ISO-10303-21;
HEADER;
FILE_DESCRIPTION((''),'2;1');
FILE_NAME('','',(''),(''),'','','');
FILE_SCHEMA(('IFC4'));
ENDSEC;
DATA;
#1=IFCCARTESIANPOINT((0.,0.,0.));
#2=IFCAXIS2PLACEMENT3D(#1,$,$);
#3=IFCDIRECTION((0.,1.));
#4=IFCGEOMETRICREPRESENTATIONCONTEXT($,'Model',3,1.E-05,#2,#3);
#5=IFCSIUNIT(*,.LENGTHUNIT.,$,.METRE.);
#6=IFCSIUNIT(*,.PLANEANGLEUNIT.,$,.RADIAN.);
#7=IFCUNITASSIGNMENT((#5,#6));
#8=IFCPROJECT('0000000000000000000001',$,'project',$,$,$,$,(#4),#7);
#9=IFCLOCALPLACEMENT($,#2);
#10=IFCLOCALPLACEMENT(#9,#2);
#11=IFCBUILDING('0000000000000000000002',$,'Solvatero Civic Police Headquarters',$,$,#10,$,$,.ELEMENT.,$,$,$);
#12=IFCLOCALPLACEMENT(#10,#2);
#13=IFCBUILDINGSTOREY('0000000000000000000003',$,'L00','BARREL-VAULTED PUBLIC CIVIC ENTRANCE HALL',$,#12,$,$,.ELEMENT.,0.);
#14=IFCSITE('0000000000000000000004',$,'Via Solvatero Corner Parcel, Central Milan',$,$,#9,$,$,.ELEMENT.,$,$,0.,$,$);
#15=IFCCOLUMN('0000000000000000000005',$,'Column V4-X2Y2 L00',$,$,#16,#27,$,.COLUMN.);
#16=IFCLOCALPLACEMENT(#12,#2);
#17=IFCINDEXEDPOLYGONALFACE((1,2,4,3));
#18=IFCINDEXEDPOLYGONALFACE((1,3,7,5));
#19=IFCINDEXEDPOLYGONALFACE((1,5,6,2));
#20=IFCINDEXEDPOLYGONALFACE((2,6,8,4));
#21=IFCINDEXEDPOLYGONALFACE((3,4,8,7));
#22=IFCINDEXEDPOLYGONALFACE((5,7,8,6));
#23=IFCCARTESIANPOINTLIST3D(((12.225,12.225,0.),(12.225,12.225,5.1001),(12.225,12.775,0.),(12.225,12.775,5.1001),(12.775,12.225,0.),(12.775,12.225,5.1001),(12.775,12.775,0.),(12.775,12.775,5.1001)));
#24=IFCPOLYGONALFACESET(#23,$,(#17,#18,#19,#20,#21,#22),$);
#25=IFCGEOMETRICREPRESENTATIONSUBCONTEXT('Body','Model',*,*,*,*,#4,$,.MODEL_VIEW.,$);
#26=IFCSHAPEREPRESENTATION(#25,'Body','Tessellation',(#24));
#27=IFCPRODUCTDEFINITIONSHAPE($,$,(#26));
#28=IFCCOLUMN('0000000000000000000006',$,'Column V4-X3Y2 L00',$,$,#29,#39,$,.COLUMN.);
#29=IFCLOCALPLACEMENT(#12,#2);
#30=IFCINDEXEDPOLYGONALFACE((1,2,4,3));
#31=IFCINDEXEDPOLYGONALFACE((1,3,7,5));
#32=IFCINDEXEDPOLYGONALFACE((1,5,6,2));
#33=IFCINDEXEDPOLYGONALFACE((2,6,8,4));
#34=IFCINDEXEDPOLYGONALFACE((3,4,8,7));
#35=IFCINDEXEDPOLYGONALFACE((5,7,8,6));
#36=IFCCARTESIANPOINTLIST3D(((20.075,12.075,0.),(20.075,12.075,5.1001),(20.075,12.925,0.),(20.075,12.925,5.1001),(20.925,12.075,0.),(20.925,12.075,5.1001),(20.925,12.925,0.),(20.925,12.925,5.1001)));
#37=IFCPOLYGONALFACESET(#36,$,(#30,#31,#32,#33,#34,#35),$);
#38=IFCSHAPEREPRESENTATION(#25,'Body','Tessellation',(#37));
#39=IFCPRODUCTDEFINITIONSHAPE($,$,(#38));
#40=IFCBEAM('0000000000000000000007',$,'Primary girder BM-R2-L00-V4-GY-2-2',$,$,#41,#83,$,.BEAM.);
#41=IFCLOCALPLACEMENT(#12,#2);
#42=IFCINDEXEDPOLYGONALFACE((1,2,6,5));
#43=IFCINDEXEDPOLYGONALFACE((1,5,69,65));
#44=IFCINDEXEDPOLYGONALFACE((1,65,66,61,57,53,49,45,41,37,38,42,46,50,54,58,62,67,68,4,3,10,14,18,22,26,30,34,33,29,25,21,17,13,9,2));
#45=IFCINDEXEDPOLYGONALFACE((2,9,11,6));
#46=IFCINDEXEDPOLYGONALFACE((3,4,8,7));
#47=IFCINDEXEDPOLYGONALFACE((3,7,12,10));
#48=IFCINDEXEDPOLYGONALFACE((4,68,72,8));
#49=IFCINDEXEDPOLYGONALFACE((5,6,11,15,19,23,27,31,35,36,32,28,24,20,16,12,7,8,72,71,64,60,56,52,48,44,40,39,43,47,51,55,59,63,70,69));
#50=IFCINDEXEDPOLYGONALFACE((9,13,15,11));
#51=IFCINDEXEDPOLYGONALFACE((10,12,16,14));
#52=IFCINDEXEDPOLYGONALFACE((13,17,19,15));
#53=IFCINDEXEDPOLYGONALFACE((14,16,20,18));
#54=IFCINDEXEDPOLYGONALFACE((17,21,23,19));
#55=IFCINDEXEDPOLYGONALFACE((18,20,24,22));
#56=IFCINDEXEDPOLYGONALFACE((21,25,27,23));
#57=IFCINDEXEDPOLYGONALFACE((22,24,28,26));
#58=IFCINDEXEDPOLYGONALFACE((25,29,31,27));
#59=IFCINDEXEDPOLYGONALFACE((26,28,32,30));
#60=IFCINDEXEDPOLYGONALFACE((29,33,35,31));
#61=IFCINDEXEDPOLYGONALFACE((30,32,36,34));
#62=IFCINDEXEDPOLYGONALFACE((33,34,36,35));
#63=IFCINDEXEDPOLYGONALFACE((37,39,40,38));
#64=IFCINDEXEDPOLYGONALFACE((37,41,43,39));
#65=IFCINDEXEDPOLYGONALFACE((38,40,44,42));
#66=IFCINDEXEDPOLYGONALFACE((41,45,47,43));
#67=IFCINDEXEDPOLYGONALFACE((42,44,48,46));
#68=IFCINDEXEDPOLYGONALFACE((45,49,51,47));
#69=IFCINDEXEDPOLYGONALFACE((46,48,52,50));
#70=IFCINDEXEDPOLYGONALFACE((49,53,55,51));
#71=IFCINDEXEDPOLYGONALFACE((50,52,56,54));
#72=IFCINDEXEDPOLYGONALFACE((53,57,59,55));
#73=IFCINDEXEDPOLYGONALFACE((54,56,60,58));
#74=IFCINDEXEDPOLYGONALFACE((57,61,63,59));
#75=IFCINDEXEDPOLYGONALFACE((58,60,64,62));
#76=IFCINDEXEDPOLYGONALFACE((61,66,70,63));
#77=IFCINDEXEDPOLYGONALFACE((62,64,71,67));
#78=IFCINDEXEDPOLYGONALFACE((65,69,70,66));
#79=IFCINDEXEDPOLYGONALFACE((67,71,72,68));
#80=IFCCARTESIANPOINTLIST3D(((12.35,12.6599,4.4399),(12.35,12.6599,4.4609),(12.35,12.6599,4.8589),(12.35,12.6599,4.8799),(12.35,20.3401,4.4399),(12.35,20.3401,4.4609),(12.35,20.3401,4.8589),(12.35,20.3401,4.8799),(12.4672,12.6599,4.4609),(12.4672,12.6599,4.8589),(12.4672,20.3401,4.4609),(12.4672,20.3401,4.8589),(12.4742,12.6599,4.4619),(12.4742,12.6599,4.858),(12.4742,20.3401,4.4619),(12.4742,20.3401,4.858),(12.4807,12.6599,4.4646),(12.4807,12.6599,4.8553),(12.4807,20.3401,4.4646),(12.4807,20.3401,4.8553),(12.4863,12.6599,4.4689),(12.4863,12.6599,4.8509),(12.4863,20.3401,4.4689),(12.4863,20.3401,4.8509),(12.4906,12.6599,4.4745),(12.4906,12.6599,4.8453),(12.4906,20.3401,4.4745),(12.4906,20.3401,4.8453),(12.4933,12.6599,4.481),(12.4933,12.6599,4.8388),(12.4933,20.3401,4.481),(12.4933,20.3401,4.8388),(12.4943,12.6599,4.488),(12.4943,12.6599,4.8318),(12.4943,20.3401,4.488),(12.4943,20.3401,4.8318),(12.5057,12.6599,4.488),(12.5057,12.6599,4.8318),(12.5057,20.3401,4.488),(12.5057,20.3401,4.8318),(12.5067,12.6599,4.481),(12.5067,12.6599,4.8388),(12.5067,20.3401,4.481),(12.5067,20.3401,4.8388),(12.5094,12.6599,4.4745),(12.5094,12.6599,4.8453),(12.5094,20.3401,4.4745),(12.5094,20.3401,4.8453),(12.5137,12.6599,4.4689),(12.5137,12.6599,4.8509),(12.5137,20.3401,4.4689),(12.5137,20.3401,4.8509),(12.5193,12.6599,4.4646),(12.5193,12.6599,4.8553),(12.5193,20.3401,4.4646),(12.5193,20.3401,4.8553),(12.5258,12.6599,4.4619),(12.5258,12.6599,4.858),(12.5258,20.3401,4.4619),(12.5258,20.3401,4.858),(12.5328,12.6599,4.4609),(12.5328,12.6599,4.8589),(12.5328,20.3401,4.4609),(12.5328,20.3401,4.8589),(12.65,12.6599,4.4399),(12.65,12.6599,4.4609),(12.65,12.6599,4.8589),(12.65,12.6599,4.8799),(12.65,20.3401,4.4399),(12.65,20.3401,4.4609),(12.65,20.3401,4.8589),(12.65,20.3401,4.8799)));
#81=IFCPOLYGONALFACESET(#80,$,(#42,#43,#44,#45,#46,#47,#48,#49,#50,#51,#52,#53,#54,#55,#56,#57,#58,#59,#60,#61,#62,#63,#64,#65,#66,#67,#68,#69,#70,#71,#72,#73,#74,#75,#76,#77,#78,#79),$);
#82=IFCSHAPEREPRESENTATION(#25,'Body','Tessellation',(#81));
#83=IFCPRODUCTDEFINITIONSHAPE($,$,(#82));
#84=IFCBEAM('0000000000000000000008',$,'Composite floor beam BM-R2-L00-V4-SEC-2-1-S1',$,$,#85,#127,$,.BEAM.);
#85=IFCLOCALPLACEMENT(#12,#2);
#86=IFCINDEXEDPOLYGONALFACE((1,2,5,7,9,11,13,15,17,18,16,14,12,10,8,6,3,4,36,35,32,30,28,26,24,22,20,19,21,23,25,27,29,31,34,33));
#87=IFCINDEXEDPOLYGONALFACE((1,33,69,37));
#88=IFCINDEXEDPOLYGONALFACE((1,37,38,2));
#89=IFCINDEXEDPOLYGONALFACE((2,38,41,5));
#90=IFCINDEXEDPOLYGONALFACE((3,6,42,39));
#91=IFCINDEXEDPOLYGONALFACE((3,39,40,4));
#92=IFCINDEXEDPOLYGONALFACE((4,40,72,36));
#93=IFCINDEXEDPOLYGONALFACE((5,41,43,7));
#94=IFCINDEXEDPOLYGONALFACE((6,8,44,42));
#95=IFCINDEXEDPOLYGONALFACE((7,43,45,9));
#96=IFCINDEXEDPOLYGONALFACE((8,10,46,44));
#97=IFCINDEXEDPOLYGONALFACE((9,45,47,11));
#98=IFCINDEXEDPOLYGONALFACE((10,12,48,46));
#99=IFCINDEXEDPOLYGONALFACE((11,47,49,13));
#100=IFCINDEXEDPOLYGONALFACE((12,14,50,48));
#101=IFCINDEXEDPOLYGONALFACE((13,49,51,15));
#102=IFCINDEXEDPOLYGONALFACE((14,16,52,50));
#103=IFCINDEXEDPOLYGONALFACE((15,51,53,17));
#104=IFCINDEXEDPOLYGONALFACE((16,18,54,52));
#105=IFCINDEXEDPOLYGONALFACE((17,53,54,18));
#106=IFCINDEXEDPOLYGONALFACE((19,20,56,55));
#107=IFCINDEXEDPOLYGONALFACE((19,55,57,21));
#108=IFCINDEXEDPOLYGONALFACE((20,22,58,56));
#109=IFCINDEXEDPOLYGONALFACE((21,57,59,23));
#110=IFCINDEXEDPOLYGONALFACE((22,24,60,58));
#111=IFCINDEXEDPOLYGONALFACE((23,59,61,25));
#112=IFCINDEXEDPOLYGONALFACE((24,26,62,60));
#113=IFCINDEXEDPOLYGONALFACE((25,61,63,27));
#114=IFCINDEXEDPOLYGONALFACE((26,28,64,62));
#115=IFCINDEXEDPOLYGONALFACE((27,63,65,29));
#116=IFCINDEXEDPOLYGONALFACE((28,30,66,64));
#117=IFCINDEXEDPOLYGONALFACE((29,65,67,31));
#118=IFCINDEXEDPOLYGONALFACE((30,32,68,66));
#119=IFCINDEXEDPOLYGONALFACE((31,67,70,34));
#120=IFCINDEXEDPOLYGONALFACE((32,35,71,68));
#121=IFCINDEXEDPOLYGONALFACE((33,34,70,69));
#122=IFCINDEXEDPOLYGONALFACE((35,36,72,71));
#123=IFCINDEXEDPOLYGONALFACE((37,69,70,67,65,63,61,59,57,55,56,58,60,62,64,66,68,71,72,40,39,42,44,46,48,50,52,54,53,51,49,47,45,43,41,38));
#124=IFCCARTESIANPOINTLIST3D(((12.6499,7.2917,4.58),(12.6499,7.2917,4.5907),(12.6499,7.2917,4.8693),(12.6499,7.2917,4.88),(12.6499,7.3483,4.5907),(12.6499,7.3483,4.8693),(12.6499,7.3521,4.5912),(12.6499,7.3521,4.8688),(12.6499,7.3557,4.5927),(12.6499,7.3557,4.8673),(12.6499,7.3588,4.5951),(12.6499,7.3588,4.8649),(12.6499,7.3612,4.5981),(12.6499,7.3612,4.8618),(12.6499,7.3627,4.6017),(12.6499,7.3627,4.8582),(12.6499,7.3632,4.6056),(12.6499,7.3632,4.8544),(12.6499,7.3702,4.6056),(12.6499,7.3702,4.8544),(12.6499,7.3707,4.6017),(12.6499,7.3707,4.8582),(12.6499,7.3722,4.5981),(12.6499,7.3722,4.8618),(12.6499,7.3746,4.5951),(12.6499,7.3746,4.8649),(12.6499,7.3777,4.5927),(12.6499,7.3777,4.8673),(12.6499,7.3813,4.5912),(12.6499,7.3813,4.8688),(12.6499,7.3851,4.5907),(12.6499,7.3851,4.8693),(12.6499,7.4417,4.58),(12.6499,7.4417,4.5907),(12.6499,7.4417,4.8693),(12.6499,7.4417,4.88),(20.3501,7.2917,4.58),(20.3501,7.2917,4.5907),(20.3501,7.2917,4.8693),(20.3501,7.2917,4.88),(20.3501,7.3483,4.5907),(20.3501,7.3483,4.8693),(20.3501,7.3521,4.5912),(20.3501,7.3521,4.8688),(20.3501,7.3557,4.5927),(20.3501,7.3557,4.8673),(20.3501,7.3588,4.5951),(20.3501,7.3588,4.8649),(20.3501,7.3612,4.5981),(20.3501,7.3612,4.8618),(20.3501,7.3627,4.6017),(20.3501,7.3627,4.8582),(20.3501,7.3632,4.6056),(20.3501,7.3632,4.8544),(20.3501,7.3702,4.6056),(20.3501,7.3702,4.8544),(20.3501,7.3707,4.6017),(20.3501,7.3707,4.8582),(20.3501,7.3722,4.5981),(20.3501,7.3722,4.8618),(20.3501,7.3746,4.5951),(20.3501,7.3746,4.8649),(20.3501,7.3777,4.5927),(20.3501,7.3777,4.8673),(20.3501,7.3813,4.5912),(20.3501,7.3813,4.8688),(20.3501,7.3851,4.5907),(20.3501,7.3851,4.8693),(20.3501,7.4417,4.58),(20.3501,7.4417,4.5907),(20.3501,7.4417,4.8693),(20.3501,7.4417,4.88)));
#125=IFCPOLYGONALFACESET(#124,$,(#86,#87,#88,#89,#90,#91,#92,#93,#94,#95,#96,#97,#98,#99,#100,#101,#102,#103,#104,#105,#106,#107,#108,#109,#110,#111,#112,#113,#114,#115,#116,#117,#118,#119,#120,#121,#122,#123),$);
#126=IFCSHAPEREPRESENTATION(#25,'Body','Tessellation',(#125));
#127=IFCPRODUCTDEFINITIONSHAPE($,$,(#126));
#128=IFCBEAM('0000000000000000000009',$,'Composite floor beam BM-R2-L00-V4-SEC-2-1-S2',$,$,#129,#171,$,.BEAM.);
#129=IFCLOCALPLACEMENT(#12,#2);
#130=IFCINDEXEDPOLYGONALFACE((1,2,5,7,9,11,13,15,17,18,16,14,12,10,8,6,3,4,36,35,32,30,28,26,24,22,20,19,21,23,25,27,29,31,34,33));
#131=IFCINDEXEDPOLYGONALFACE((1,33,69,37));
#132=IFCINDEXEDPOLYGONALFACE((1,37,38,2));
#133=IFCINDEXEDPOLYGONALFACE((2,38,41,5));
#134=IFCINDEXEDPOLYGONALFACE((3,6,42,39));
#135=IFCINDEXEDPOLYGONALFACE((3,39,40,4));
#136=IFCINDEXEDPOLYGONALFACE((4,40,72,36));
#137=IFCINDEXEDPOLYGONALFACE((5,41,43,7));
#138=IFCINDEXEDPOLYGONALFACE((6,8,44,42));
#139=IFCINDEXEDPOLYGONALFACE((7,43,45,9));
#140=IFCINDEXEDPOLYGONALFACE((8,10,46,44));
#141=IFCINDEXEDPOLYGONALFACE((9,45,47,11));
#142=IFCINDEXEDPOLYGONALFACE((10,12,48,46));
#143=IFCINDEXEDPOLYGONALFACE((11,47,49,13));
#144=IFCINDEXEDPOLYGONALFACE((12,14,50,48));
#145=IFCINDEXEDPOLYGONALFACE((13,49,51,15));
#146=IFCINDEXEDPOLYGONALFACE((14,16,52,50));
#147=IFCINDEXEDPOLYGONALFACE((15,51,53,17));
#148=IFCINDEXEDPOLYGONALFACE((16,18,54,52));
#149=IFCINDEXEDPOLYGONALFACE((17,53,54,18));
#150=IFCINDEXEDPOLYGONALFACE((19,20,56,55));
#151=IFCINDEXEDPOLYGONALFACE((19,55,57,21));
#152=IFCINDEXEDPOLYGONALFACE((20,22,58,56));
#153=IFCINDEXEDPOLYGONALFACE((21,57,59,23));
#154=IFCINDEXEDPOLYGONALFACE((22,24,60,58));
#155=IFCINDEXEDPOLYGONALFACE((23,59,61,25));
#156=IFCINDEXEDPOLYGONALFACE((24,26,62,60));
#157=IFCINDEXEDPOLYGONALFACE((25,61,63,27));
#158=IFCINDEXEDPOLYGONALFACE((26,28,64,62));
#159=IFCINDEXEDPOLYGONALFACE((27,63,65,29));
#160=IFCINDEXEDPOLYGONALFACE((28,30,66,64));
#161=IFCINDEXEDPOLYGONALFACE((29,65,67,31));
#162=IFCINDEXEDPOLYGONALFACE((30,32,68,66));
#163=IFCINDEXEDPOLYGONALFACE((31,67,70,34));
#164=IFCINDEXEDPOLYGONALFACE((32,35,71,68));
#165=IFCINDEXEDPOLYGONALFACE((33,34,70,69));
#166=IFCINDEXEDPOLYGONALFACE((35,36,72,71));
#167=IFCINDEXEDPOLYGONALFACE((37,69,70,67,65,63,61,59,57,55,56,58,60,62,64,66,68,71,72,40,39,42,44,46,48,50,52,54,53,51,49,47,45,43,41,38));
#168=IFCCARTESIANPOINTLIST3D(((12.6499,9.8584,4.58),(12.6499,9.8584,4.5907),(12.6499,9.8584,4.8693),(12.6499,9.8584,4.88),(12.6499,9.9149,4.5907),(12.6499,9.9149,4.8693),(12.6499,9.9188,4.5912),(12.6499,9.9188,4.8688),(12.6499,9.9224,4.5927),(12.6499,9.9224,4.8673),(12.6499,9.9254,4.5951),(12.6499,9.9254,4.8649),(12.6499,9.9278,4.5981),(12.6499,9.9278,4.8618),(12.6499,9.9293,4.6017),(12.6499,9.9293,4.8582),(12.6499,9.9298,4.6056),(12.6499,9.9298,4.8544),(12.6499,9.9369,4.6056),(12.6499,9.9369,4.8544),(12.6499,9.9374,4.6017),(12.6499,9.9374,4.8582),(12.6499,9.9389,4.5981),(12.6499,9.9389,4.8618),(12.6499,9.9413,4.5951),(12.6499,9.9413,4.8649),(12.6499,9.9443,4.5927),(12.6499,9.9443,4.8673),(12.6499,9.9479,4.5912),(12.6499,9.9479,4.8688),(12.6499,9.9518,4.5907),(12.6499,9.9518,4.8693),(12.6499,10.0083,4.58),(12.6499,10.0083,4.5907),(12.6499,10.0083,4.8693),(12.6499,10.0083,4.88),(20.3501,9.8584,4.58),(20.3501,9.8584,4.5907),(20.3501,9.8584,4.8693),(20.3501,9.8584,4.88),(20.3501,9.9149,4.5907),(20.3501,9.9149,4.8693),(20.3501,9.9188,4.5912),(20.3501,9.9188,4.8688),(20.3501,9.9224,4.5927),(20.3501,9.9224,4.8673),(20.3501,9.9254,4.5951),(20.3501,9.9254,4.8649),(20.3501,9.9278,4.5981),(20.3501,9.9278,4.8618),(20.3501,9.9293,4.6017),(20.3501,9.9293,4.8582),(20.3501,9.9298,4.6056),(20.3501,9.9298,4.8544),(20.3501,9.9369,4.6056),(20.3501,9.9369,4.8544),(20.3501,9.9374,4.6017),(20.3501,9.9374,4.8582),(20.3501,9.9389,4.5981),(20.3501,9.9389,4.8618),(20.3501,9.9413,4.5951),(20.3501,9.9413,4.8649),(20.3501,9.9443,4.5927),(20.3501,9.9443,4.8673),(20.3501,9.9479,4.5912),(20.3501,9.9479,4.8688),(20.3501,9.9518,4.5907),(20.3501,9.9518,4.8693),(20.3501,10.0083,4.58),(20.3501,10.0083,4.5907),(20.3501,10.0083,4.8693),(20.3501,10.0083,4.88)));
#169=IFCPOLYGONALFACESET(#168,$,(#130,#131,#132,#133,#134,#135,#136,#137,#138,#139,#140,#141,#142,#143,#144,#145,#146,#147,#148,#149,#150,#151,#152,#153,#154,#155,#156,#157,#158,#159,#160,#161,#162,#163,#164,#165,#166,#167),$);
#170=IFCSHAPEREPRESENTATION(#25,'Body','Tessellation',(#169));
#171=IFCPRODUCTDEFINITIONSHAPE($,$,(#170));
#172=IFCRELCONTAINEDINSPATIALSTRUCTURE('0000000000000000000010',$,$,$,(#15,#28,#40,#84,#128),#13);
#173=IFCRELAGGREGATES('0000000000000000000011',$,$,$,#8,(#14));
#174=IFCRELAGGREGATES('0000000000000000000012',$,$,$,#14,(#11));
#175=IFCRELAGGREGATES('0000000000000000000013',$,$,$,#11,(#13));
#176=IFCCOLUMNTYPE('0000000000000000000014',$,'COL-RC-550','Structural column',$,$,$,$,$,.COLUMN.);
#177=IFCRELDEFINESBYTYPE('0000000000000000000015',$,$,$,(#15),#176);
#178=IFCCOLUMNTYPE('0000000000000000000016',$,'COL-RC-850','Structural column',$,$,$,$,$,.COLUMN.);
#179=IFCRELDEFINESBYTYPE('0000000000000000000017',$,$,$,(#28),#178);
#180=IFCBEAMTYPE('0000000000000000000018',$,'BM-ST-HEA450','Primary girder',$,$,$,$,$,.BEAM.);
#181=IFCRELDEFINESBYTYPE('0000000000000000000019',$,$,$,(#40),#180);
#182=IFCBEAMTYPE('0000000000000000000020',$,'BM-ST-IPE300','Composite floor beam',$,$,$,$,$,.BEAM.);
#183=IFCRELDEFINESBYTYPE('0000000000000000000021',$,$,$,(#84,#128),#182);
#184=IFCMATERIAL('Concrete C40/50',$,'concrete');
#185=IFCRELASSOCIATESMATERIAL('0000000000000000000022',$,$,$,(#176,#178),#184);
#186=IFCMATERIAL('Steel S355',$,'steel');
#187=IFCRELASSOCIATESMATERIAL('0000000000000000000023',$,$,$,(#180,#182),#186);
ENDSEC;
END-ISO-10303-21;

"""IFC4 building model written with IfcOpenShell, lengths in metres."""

from ifc_helpers import new_model, si_unit, direction, frame, origin, origin_2d, place, context, subcontext, project, spatial, rectangle, i_section, extrude, material, material_profile, profile_set, type_object, element, save


model = new_model("IFC4")

# Units and contexts
model_context = context("Model", 3, precision=1e-05, world=origin(), true_north=direction((0.0, 1.0)))
body_context = subcontext(model_context, "Body", "Model", "MODEL_VIEW")
ifc_project = project(units=[si_unit("LENGTHUNIT", "METRE"), si_unit("PLANEANGLEUNIT", "RADIAN")], contexts=[model_context])

# Site, building, storey
site_placement = place(None, origin())
site = spatial("IfcSite", under=ifc_project, at=site_placement, Name="Via Solvatero Corner Parcel, Central Milan", CompositionType="ELEMENT", RefElevation=0.0)
building_placement = place(site_placement, origin())
building = spatial("IfcBuilding", under=site, at=building_placement, Name="Solvatero Civic Police Headquarters", CompositionType="ELEMENT")
storey_placement = place(building_placement, origin())
storey = spatial("IfcBuildingStorey", under=building, at=storey_placement, Name="L00", Description="BARREL-VAULTED PUBLIC CIVIC ENTRANCE HALL", CompositionType="ELEMENT", Elevation=0.0)

# Columns
ifc_material_1 = material(Name="Concrete C40/50", Category="concrete")
ifc_material_profile_1 = material_profile(ifc_material_1, rectangle(XDim=0.55, YDim=0.55, at=origin_2d()), Name="RC 550x550")
ifc_profile_set_1 = profile_set([ifc_material_profile_1], Name="Concrete C40/50")
column_type_1 = type_object("IfcColumnType", Name="COL-RC-550", Description="Structural column", PredefinedType="COLUMN", material=ifc_profile_set_1)
column_1_placement = place(storey_placement, frame((12.5, 12.5, 0.0), z_axis=(0.0, 0.0, 1.0), x_axis=(1.0, 0.0, 0.0)))
element("IfcColumn", 1, at=column_1_placement, inside=storey, type_object=column_type_1, Name="Column V4-X2Y2 L00", PredefinedType="COLUMN", context=body_context, shape_type="SweptSolid", body=[
    extrude(rectangle(XDim=0.55, YDim=0.55, at=origin_2d()), origin(), (0.0, 0.0, 1.0), 5.1001),
])
ifc_material_profile_2 = material_profile(ifc_material_1, rectangle(XDim=0.8501, YDim=0.8501, at=origin_2d()), Name="RC 850x850")
ifc_profile_set_2 = profile_set([ifc_material_profile_2], Name="Concrete C40/50")
column_type_2 = type_object("IfcColumnType", Name="COL-RC-850", Description="Structural column", PredefinedType="COLUMN", material=ifc_profile_set_2)
column_2_placement = place(storey_placement, frame((20.5, 12.5, 0.0), z_axis=(0.0, 0.0, 1.0), x_axis=(1.0, 0.0, 0.0)))
element("IfcColumn", 2, at=column_2_placement, inside=storey, type_object=column_type_2, Name="Column V4-X3Y2 L00", PredefinedType="COLUMN", context=body_context, shape_type="SweptSolid", body=[
    extrude(rectangle(XDim=0.8501, YDim=0.8501, at=origin_2d()), origin(), (0.0, 0.0, 1.0), 5.1001),
])

# Beams
ifc_material_2 = material(Name="Steel S355", Category="steel")
ifc_material_profile_3 = material_profile(ifc_material_2, i_section(OverallWidth=0.3, OverallDepth=0.4399, WebThickness=0.0115, FlangeThickness=0.021, FilletRadius=0.0271, at=origin_2d()), Name="HEA 450")
ifc_profile_set_3 = profile_set([ifc_material_profile_3], Name="Steel S355")
beam_type_1 = type_object("IfcBeamType", Name="BM-ST-HEA450", Description="Primary girder", PredefinedType="BEAM", material=ifc_profile_set_3)
beam_1_placement = place(storey_placement, frame((12.5, 12.6599, 4.6599), z_axis=(0.0, 1.0, 0.0), x_axis=(-1.0, 0.0, 0.0)))
element("IfcBeam", 3, at=beam_1_placement, inside=storey, type_object=beam_type_1, Name="Primary girder BM-R2-L00-V4-GY-2-2", PredefinedType="BEAM", context=body_context, shape_type="SweptSolid", body=[
    extrude(i_section(OverallWidth=0.3, OverallDepth=0.4399, WebThickness=0.0115, FlangeThickness=0.021, FilletRadius=0.0271, at=origin_2d()), origin(), (0.0, 0.0, 1.0), 7.6802),
])
ifc_material_profile_4 = material_profile(ifc_material_2, i_section(OverallWidth=0.1499, OverallDepth=0.3, WebThickness=0.0071, FlangeThickness=0.0107, FilletRadius=0.0149, at=origin_2d()), Name="IPE 300")
ifc_profile_set_4 = profile_set([ifc_material_profile_4], Name="Steel S355")
beam_type_2 = type_object("IfcBeamType", Name="BM-ST-IPE300", Description="Composite floor beam", PredefinedType="BEAM", material=ifc_profile_set_4)
for number, where, z_axis, x_axis, name in (
    (4, (12.6499, 7.3667, 4.73), (1.0, 0.0, 0.0), (0.0, 1.0, 0.0), "Composite floor beam BM-R2-L00-V4-SEC-2-1-S1"),
    (5, (12.6499, 9.9333, 4.73), (1.0, 0.0, 0.0), (0.0, 1.0, 0.0), "Composite floor beam BM-R2-L00-V4-SEC-2-1-S2"),
):
    element("IfcBeam", number, at=place(storey_placement, frame(where, z_axis=z_axis, x_axis=x_axis)), inside=storey, type_object=beam_type_2, Name=name, PredefinedType="BEAM", context=body_context, shape_type="SweptSolid", body=[
        extrude(i_section(OverallWidth=0.1499, OverallDepth=0.3, WebThickness=0.0071, FlangeThickness=0.0107, FilletRadius=0.0149, at=origin_2d()), origin(), (0.0, 0.0, 1.0), 7.7002),
    ])

save(model, "model.ifc")
